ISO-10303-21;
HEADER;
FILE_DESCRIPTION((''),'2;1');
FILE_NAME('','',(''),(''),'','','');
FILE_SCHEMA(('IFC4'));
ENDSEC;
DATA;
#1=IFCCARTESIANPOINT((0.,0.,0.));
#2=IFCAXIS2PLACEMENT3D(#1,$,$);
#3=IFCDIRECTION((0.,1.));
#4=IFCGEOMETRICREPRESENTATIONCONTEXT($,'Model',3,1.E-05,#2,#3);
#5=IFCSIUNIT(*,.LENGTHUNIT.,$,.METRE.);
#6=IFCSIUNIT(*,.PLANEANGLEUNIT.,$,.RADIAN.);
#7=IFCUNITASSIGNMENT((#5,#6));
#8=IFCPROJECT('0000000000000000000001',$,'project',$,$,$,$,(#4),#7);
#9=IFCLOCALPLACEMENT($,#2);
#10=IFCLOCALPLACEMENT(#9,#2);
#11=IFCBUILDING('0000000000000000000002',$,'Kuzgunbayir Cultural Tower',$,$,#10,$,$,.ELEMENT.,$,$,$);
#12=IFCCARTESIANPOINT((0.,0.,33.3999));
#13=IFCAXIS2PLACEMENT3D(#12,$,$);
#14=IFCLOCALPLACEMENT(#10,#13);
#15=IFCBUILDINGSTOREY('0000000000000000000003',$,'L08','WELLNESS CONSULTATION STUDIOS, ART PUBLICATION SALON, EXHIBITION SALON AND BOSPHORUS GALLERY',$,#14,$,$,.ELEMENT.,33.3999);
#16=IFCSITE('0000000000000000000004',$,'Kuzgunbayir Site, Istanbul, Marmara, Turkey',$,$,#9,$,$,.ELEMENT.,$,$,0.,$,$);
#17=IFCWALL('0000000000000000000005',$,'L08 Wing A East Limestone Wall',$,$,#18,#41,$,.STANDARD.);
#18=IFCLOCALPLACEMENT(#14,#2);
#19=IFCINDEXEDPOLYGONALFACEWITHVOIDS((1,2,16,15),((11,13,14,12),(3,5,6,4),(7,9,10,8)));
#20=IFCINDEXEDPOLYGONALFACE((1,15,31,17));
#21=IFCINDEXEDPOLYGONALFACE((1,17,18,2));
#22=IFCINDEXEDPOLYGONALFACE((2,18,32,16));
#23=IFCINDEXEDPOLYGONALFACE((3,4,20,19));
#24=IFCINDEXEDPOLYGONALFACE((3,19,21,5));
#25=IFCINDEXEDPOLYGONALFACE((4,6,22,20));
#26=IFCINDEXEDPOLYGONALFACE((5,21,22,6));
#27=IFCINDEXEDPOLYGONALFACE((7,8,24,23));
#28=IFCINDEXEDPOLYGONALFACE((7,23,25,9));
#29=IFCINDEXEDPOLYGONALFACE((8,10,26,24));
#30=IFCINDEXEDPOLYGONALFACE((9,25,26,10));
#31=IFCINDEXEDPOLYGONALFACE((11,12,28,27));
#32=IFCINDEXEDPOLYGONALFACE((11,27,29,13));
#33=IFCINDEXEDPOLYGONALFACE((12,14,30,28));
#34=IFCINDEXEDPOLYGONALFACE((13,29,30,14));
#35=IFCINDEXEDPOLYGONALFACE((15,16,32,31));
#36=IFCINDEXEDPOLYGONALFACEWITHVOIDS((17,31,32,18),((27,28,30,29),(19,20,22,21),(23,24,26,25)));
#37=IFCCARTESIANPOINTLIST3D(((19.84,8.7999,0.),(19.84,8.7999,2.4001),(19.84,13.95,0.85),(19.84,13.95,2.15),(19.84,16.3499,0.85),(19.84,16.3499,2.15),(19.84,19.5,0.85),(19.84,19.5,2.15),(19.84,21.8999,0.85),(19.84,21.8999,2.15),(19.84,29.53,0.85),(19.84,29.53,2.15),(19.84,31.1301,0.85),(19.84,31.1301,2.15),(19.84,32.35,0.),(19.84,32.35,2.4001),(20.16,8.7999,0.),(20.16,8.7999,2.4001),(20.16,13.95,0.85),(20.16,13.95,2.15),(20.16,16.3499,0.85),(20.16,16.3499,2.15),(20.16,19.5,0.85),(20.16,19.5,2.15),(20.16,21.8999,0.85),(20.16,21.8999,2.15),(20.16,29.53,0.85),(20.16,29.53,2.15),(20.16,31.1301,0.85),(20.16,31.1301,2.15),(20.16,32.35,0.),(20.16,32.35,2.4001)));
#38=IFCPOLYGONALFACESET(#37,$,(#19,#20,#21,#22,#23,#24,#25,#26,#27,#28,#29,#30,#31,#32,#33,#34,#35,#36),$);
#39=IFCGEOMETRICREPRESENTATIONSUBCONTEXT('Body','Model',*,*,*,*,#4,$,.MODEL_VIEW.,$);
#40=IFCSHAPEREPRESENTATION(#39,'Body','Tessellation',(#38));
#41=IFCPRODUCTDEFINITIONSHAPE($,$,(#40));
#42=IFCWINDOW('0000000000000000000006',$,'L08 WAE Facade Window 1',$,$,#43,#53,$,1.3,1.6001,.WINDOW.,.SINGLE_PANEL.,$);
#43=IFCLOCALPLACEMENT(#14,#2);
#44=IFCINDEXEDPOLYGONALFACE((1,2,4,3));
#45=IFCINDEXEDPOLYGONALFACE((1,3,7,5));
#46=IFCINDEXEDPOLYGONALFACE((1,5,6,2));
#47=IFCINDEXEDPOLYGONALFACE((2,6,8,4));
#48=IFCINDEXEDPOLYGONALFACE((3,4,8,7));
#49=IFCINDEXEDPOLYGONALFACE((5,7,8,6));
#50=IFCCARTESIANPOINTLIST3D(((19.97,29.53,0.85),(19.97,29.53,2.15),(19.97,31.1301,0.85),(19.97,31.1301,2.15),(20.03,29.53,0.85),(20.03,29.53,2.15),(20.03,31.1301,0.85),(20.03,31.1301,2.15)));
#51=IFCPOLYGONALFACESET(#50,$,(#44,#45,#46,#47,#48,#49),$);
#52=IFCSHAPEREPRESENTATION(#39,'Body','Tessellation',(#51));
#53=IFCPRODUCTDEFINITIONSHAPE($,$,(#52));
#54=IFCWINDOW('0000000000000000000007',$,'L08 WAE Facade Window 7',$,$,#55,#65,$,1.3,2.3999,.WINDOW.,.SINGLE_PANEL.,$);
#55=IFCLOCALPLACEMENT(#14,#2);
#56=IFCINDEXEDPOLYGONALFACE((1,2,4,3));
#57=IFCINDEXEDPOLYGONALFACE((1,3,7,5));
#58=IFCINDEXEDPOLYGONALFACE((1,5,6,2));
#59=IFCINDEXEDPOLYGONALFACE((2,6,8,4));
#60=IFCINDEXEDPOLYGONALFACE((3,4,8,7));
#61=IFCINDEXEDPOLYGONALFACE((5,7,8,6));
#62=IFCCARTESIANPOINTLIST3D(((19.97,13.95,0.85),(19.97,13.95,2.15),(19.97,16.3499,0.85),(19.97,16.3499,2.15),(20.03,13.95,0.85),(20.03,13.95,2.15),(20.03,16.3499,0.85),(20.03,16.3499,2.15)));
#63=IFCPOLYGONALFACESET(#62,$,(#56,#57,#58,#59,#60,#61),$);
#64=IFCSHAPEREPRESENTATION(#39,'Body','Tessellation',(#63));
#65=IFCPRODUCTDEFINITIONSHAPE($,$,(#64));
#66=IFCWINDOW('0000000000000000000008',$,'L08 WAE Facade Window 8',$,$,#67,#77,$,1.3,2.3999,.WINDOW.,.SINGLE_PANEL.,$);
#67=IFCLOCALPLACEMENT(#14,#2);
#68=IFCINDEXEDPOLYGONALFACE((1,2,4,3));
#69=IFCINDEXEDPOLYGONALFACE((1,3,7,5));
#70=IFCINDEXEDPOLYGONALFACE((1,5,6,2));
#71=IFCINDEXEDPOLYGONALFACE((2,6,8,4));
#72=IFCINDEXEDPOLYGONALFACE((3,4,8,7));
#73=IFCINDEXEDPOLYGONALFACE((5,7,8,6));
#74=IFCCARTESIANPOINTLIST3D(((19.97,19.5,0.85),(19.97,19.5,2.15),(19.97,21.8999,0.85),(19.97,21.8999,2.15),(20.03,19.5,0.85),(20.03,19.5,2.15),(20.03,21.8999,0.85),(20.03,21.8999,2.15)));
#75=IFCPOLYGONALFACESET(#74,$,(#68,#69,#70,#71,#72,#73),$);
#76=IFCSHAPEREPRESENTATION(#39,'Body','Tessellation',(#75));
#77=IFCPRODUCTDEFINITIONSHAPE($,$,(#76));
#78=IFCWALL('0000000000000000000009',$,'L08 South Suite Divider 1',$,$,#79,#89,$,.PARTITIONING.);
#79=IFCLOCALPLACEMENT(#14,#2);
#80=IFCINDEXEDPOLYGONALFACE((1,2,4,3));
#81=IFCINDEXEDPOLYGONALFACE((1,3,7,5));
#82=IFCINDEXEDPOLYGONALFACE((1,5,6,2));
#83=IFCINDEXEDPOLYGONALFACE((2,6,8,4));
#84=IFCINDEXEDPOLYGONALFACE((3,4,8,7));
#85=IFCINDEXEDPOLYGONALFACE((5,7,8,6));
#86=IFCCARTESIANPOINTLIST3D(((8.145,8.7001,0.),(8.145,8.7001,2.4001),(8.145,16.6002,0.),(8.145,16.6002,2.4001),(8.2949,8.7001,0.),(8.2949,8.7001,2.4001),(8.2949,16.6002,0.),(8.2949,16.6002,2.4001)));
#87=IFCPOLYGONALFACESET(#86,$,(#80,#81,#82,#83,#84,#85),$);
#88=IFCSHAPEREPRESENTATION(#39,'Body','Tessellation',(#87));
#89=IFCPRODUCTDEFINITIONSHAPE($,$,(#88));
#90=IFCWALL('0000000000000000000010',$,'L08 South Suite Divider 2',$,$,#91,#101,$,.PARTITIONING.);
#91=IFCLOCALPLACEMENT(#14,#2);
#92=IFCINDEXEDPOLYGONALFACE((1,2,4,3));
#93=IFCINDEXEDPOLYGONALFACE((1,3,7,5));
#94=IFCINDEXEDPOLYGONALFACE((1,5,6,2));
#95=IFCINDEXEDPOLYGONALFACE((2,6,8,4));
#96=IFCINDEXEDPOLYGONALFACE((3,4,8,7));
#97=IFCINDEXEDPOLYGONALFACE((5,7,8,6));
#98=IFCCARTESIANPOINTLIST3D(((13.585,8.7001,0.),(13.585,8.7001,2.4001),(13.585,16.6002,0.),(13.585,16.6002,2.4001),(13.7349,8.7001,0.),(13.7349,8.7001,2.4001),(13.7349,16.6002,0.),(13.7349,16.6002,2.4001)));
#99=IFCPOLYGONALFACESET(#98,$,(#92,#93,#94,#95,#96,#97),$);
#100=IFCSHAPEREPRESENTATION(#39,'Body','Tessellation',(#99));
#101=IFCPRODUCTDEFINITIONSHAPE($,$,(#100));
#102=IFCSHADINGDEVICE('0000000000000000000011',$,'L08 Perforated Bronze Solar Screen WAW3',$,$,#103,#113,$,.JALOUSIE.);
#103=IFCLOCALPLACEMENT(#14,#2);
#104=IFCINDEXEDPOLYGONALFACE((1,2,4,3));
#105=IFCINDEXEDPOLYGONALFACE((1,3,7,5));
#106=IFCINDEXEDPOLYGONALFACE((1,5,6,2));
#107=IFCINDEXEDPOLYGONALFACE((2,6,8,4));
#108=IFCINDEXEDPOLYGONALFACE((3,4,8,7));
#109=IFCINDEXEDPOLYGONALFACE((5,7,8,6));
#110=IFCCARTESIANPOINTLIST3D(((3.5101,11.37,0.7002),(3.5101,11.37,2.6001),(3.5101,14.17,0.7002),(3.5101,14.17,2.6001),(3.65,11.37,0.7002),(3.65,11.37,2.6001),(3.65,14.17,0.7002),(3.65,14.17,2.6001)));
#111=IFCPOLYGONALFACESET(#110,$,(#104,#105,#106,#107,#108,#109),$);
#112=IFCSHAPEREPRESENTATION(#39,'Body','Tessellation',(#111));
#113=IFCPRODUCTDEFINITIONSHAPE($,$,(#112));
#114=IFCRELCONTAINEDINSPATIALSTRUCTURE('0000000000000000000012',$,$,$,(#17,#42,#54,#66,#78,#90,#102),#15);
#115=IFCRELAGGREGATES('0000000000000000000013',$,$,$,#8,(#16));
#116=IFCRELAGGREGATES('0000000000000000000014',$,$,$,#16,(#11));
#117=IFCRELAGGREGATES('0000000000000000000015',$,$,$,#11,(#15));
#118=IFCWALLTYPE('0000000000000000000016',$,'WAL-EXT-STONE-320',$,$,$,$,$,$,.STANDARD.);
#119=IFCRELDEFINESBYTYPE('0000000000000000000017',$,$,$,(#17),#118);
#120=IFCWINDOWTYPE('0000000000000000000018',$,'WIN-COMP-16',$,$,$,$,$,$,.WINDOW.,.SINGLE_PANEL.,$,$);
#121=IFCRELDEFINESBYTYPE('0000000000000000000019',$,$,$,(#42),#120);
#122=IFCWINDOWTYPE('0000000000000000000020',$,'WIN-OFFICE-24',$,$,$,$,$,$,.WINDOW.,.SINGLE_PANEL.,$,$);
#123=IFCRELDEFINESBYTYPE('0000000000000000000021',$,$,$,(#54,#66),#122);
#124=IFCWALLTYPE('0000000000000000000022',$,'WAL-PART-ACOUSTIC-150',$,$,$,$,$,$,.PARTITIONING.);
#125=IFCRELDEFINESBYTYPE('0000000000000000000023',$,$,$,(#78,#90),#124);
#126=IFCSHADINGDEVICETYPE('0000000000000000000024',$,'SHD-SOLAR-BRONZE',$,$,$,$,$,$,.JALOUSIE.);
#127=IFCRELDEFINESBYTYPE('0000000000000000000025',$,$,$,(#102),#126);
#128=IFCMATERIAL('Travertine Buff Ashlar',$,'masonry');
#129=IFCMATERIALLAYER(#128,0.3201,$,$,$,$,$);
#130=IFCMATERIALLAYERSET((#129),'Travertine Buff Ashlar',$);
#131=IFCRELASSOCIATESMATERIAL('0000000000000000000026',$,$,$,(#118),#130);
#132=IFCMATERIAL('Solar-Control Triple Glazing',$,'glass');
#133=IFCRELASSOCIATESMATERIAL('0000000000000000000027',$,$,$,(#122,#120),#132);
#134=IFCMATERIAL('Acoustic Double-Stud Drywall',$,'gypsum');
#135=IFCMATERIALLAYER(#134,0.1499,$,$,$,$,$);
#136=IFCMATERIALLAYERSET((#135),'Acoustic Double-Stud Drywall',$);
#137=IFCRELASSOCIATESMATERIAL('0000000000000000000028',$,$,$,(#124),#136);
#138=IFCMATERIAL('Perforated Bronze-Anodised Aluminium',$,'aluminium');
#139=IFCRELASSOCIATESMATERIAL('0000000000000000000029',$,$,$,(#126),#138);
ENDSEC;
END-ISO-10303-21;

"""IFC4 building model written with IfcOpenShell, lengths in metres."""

from ifc_helpers import new_model, si_unit, direction, frame, frame_2d, origin, origin_2d, place, context, subcontext, project, spatial, rectangle, extrude, material, layer, layer_set, type_object, element, fill, save


model = new_model("IFC4")

# Units and contexts
model_context = context("Model", 3, precision=1e-05, world=origin(), true_north=direction((0.0, 1.0)))
body_context = subcontext(model_context, "Body", "Model", "MODEL_VIEW")
ifc_project = project(units=[si_unit("LENGTHUNIT", "METRE"), si_unit("PLANEANGLEUNIT", "RADIAN")], contexts=[model_context])

# Site, building, storey
site_placement = place(None, origin())
site = spatial("IfcSite", under=ifc_project, at=site_placement, Name="Kuzgunbayir Site, Istanbul, Marmara, Turkey", CompositionType="ELEMENT", RefElevation=0.0)
building_placement = place(site_placement, origin())
building = spatial("IfcBuilding", under=site, at=building_placement, Name="Kuzgunbayir Cultural Tower", CompositionType="ELEMENT")
storey_placement = place(building_placement, frame((0.0, 0.0, 33.3999)))
storey = spatial("IfcBuildingStorey", under=building, at=storey_placement, Name="L08", Description="WELLNESS CONSULTATION STUDIOS, ART PUBLICATION SALON, EXHIBITION SALON AND BOSPHORUS GALLERY", CompositionType="ELEMENT", Elevation=33.3999)

# Shared definitions
ifc_material_1 = material(Name="Travertine Buff Ashlar", Category="masonry")
ifc_layer_1 = layer(ifc_material_1, 0.3201)
ifc_layer_set_1 = layer_set([ifc_layer_1], Name="Travertine Buff Ashlar")
wall_type_1 = type_object("IfcWallType", Name="WAL-EXT-STONE-320", PredefinedType="STANDARD", material=ifc_layer_set_1)
ifc_material_2 = material(Name="Solar-Control Triple Glazing", Category="glass")
window_type_1 = type_object("IfcWindowType", Name="WIN-OFFICE-24", PartitioningType="SINGLE_PANEL", PredefinedType="WINDOW", material=ifc_material_2)

# Wall, openings, windows
wall_1_placement = place(storey_placement, frame((20.0, 8.8, 0.0), z_axis=(0.0, 0.0, 1.0), x_axis=(0.0, 1.0, 0.0)))
wall_1 = element("IfcWall", 1, at=wall_1_placement, inside=storey, type_object=wall_type_1, Name="L08 Wing A East Limestone Wall", PredefinedType="STANDARD", context=body_context, shape_type="SweptSolid", body=[
    extrude(rectangle(XDim=23.55, YDim=0.3201, at=frame_2d((11.7749, 0.0))), origin(), (0.0, 0.0, 1.0), 2.4001),
])
opening_1_placement = place(wall_1_placement, frame((20.73, 0.0, 0.8501)))
opening_1 = element("IfcOpeningElement", 2, at=opening_1_placement, cuts=wall_1, PredefinedType="OPENING", context=body_context, shape_type="SweptSolid", body=[
    extrude(rectangle(XDim=1.6001, YDim=1.3, at=frame_2d((0.8, 0.6499))), frame((0.0, 0.1699, 0.0), z_axis=(0.0, -1.0, 0.0), x_axis=(1.0, 0.0, 0.0)), (0.0, 0.0, 1.0), 0.3401),
])
opening_2_placement = place(wall_1_placement, frame((5.1499, 0.0, 0.8501)))
opening_2 = element("IfcOpeningElement", 3, at=opening_2_placement, cuts=wall_1, PredefinedType="OPENING", context=body_context, shape_type="SweptSolid", body=[
    extrude(rectangle(XDim=2.3999, YDim=1.3, at=frame_2d((1.2, 0.6499))), frame((0.0, 0.1699, 0.0), z_axis=(0.0, -1.0, 0.0), x_axis=(1.0, 0.0, 0.0)), (0.0, 0.0, 1.0), 0.3401),
])
opening_3_placement = place(wall_1_placement, frame((10.7, 0.0, 0.8501)))
opening_3 = element("IfcOpeningElement", 4, at=opening_3_placement, cuts=wall_1, PredefinedType="OPENING", context=body_context, shape_type="SweptSolid", body=[
    extrude(rectangle(XDim=2.3999, YDim=1.3, at=frame_2d((1.2, 0.6499))), frame((0.0, 0.1699, 0.0), z_axis=(0.0, -1.0, 0.0), x_axis=(1.0, 0.0, 0.0)), (0.0, 0.0, 1.0), 0.3401),
])
window_type_2 = type_object("IfcWindowType", Name="WIN-COMP-16", PartitioningType="SINGLE_PANEL", PredefinedType="WINDOW", material=ifc_material_2)
window_1_placement = place(opening_1_placement, origin())
window_1 = element("IfcWindow", 5, at=window_1_placement, inside=storey, type_object=window_type_2, Name="L08 WAE Facade Window 1", OverallHeight=1.3, OverallWidth=1.6001, PartitioningType="SINGLE_PANEL", PredefinedType="WINDOW", context=body_context, shape_type="SweptSolid", body=[
    extrude(rectangle(XDim=1.6001, YDim=1.3, at=frame_2d((0.8, 0.6499))), frame((0.0, 0.03, 0.0), z_axis=(0.0, -1.0, 0.0), x_axis=(1.0, 0.0, 0.0)), (0.0, 0.0, 1.0), 0.0601),
])
fill(opening_1, window_1)
window_2_placement = place(opening_2_placement, origin())
window_2 = element("IfcWindow", 6, at=window_2_placement, inside=storey, type_object=window_type_1, Name="L08 WAE Facade Window 7", OverallHeight=1.3, OverallWidth=2.3999, PartitioningType="SINGLE_PANEL", PredefinedType="WINDOW", context=body_context, shape_type="SweptSolid", body=[
    extrude(rectangle(XDim=2.3999, YDim=1.3, at=frame_2d((1.2, 0.6499))), frame((0.0, 0.03, 0.0), z_axis=(0.0, -1.0, 0.0), x_axis=(1.0, 0.0, 0.0)), (0.0, 0.0, 1.0), 0.0601),
])
fill(opening_2, window_2)
window_3_placement = place(opening_3_placement, origin())
window_3 = element("IfcWindow", 7, at=window_3_placement, inside=storey, type_object=window_type_1, Name="L08 WAE Facade Window 8", OverallHeight=1.3, OverallWidth=2.3999, PartitioningType="SINGLE_PANEL", PredefinedType="WINDOW", context=body_context, shape_type="SweptSolid", body=[
    extrude(rectangle(XDim=2.3999, YDim=1.3, at=frame_2d((1.2, 0.6499))), frame((0.0, 0.03, 0.0), z_axis=(0.0, -1.0, 0.0), x_axis=(1.0, 0.0, 0.0)), (0.0, 0.0, 1.0), 0.0601),
])
fill(opening_3, window_3)

# Walls
ifc_material_3 = material(Name="Acoustic Double-Stud Drywall", Category="gypsum")
ifc_layer_2 = layer(ifc_material_3, 0.1499)
ifc_layer_set_2 = layer_set([ifc_layer_2], Name="Acoustic Double-Stud Drywall")
wall_type_2 = type_object("IfcWallType", Name="WAL-PART-ACOUSTIC-150", PredefinedType="PARTITIONING", material=ifc_layer_set_2)
for number, where, z_axis, x_axis, name in (
    (8, (8.22, 8.7, 0.0), (0.0, 0.0, 1.0), (0.0, 1.0, 0.0), "L08 South Suite Divider 1"),
    (9, (13.6599, 8.7, 0.0), (0.0, 0.0, 1.0), (0.0, 1.0, 0.0), "L08 South Suite Divider 2"),
):
    element("IfcWall", number, at=place(storey_placement, frame(where, z_axis=z_axis, x_axis=x_axis)), inside=storey, type_object=wall_type_2, Name=name, PredefinedType="PARTITIONING", context=body_context, shape_type="SweptSolid", body=[
        extrude(rectangle(XDim=7.9001, YDim=0.1499, at=frame_2d((3.9502, 0.0))), origin(), (0.0, 0.0, 1.0), 2.4001),
    ])

# Shading device
ifc_material_4 = material(Name="Perforated Bronze-Anodised Aluminium", Category="aluminium")
shading_device_type = type_object("IfcShadingDeviceType", Name="SHD-SOLAR-BRONZE", PredefinedType="JALOUSIE", material=ifc_material_4)
shading_device_placement = place(storey_placement, frame((3.5801, 12.77, 0.7002), z_axis=(0.0, 0.0, 1.0), x_axis=(1.0, 0.0, 0.0)))
element("IfcShadingDevice", 10, at=shading_device_placement, inside=storey, type_object=shading_device_type, Name="L08 Perforated Bronze Solar Screen WAW3", PredefinedType="JALOUSIE", context=body_context, shape_type="SweptSolid", body=[
    extrude(rectangle(XDim=0.1399, YDim=2.8, at=origin_2d()), origin(), (0.0, 0.0, 1.0), 1.8999),
])

save(model, "model.ifc")
